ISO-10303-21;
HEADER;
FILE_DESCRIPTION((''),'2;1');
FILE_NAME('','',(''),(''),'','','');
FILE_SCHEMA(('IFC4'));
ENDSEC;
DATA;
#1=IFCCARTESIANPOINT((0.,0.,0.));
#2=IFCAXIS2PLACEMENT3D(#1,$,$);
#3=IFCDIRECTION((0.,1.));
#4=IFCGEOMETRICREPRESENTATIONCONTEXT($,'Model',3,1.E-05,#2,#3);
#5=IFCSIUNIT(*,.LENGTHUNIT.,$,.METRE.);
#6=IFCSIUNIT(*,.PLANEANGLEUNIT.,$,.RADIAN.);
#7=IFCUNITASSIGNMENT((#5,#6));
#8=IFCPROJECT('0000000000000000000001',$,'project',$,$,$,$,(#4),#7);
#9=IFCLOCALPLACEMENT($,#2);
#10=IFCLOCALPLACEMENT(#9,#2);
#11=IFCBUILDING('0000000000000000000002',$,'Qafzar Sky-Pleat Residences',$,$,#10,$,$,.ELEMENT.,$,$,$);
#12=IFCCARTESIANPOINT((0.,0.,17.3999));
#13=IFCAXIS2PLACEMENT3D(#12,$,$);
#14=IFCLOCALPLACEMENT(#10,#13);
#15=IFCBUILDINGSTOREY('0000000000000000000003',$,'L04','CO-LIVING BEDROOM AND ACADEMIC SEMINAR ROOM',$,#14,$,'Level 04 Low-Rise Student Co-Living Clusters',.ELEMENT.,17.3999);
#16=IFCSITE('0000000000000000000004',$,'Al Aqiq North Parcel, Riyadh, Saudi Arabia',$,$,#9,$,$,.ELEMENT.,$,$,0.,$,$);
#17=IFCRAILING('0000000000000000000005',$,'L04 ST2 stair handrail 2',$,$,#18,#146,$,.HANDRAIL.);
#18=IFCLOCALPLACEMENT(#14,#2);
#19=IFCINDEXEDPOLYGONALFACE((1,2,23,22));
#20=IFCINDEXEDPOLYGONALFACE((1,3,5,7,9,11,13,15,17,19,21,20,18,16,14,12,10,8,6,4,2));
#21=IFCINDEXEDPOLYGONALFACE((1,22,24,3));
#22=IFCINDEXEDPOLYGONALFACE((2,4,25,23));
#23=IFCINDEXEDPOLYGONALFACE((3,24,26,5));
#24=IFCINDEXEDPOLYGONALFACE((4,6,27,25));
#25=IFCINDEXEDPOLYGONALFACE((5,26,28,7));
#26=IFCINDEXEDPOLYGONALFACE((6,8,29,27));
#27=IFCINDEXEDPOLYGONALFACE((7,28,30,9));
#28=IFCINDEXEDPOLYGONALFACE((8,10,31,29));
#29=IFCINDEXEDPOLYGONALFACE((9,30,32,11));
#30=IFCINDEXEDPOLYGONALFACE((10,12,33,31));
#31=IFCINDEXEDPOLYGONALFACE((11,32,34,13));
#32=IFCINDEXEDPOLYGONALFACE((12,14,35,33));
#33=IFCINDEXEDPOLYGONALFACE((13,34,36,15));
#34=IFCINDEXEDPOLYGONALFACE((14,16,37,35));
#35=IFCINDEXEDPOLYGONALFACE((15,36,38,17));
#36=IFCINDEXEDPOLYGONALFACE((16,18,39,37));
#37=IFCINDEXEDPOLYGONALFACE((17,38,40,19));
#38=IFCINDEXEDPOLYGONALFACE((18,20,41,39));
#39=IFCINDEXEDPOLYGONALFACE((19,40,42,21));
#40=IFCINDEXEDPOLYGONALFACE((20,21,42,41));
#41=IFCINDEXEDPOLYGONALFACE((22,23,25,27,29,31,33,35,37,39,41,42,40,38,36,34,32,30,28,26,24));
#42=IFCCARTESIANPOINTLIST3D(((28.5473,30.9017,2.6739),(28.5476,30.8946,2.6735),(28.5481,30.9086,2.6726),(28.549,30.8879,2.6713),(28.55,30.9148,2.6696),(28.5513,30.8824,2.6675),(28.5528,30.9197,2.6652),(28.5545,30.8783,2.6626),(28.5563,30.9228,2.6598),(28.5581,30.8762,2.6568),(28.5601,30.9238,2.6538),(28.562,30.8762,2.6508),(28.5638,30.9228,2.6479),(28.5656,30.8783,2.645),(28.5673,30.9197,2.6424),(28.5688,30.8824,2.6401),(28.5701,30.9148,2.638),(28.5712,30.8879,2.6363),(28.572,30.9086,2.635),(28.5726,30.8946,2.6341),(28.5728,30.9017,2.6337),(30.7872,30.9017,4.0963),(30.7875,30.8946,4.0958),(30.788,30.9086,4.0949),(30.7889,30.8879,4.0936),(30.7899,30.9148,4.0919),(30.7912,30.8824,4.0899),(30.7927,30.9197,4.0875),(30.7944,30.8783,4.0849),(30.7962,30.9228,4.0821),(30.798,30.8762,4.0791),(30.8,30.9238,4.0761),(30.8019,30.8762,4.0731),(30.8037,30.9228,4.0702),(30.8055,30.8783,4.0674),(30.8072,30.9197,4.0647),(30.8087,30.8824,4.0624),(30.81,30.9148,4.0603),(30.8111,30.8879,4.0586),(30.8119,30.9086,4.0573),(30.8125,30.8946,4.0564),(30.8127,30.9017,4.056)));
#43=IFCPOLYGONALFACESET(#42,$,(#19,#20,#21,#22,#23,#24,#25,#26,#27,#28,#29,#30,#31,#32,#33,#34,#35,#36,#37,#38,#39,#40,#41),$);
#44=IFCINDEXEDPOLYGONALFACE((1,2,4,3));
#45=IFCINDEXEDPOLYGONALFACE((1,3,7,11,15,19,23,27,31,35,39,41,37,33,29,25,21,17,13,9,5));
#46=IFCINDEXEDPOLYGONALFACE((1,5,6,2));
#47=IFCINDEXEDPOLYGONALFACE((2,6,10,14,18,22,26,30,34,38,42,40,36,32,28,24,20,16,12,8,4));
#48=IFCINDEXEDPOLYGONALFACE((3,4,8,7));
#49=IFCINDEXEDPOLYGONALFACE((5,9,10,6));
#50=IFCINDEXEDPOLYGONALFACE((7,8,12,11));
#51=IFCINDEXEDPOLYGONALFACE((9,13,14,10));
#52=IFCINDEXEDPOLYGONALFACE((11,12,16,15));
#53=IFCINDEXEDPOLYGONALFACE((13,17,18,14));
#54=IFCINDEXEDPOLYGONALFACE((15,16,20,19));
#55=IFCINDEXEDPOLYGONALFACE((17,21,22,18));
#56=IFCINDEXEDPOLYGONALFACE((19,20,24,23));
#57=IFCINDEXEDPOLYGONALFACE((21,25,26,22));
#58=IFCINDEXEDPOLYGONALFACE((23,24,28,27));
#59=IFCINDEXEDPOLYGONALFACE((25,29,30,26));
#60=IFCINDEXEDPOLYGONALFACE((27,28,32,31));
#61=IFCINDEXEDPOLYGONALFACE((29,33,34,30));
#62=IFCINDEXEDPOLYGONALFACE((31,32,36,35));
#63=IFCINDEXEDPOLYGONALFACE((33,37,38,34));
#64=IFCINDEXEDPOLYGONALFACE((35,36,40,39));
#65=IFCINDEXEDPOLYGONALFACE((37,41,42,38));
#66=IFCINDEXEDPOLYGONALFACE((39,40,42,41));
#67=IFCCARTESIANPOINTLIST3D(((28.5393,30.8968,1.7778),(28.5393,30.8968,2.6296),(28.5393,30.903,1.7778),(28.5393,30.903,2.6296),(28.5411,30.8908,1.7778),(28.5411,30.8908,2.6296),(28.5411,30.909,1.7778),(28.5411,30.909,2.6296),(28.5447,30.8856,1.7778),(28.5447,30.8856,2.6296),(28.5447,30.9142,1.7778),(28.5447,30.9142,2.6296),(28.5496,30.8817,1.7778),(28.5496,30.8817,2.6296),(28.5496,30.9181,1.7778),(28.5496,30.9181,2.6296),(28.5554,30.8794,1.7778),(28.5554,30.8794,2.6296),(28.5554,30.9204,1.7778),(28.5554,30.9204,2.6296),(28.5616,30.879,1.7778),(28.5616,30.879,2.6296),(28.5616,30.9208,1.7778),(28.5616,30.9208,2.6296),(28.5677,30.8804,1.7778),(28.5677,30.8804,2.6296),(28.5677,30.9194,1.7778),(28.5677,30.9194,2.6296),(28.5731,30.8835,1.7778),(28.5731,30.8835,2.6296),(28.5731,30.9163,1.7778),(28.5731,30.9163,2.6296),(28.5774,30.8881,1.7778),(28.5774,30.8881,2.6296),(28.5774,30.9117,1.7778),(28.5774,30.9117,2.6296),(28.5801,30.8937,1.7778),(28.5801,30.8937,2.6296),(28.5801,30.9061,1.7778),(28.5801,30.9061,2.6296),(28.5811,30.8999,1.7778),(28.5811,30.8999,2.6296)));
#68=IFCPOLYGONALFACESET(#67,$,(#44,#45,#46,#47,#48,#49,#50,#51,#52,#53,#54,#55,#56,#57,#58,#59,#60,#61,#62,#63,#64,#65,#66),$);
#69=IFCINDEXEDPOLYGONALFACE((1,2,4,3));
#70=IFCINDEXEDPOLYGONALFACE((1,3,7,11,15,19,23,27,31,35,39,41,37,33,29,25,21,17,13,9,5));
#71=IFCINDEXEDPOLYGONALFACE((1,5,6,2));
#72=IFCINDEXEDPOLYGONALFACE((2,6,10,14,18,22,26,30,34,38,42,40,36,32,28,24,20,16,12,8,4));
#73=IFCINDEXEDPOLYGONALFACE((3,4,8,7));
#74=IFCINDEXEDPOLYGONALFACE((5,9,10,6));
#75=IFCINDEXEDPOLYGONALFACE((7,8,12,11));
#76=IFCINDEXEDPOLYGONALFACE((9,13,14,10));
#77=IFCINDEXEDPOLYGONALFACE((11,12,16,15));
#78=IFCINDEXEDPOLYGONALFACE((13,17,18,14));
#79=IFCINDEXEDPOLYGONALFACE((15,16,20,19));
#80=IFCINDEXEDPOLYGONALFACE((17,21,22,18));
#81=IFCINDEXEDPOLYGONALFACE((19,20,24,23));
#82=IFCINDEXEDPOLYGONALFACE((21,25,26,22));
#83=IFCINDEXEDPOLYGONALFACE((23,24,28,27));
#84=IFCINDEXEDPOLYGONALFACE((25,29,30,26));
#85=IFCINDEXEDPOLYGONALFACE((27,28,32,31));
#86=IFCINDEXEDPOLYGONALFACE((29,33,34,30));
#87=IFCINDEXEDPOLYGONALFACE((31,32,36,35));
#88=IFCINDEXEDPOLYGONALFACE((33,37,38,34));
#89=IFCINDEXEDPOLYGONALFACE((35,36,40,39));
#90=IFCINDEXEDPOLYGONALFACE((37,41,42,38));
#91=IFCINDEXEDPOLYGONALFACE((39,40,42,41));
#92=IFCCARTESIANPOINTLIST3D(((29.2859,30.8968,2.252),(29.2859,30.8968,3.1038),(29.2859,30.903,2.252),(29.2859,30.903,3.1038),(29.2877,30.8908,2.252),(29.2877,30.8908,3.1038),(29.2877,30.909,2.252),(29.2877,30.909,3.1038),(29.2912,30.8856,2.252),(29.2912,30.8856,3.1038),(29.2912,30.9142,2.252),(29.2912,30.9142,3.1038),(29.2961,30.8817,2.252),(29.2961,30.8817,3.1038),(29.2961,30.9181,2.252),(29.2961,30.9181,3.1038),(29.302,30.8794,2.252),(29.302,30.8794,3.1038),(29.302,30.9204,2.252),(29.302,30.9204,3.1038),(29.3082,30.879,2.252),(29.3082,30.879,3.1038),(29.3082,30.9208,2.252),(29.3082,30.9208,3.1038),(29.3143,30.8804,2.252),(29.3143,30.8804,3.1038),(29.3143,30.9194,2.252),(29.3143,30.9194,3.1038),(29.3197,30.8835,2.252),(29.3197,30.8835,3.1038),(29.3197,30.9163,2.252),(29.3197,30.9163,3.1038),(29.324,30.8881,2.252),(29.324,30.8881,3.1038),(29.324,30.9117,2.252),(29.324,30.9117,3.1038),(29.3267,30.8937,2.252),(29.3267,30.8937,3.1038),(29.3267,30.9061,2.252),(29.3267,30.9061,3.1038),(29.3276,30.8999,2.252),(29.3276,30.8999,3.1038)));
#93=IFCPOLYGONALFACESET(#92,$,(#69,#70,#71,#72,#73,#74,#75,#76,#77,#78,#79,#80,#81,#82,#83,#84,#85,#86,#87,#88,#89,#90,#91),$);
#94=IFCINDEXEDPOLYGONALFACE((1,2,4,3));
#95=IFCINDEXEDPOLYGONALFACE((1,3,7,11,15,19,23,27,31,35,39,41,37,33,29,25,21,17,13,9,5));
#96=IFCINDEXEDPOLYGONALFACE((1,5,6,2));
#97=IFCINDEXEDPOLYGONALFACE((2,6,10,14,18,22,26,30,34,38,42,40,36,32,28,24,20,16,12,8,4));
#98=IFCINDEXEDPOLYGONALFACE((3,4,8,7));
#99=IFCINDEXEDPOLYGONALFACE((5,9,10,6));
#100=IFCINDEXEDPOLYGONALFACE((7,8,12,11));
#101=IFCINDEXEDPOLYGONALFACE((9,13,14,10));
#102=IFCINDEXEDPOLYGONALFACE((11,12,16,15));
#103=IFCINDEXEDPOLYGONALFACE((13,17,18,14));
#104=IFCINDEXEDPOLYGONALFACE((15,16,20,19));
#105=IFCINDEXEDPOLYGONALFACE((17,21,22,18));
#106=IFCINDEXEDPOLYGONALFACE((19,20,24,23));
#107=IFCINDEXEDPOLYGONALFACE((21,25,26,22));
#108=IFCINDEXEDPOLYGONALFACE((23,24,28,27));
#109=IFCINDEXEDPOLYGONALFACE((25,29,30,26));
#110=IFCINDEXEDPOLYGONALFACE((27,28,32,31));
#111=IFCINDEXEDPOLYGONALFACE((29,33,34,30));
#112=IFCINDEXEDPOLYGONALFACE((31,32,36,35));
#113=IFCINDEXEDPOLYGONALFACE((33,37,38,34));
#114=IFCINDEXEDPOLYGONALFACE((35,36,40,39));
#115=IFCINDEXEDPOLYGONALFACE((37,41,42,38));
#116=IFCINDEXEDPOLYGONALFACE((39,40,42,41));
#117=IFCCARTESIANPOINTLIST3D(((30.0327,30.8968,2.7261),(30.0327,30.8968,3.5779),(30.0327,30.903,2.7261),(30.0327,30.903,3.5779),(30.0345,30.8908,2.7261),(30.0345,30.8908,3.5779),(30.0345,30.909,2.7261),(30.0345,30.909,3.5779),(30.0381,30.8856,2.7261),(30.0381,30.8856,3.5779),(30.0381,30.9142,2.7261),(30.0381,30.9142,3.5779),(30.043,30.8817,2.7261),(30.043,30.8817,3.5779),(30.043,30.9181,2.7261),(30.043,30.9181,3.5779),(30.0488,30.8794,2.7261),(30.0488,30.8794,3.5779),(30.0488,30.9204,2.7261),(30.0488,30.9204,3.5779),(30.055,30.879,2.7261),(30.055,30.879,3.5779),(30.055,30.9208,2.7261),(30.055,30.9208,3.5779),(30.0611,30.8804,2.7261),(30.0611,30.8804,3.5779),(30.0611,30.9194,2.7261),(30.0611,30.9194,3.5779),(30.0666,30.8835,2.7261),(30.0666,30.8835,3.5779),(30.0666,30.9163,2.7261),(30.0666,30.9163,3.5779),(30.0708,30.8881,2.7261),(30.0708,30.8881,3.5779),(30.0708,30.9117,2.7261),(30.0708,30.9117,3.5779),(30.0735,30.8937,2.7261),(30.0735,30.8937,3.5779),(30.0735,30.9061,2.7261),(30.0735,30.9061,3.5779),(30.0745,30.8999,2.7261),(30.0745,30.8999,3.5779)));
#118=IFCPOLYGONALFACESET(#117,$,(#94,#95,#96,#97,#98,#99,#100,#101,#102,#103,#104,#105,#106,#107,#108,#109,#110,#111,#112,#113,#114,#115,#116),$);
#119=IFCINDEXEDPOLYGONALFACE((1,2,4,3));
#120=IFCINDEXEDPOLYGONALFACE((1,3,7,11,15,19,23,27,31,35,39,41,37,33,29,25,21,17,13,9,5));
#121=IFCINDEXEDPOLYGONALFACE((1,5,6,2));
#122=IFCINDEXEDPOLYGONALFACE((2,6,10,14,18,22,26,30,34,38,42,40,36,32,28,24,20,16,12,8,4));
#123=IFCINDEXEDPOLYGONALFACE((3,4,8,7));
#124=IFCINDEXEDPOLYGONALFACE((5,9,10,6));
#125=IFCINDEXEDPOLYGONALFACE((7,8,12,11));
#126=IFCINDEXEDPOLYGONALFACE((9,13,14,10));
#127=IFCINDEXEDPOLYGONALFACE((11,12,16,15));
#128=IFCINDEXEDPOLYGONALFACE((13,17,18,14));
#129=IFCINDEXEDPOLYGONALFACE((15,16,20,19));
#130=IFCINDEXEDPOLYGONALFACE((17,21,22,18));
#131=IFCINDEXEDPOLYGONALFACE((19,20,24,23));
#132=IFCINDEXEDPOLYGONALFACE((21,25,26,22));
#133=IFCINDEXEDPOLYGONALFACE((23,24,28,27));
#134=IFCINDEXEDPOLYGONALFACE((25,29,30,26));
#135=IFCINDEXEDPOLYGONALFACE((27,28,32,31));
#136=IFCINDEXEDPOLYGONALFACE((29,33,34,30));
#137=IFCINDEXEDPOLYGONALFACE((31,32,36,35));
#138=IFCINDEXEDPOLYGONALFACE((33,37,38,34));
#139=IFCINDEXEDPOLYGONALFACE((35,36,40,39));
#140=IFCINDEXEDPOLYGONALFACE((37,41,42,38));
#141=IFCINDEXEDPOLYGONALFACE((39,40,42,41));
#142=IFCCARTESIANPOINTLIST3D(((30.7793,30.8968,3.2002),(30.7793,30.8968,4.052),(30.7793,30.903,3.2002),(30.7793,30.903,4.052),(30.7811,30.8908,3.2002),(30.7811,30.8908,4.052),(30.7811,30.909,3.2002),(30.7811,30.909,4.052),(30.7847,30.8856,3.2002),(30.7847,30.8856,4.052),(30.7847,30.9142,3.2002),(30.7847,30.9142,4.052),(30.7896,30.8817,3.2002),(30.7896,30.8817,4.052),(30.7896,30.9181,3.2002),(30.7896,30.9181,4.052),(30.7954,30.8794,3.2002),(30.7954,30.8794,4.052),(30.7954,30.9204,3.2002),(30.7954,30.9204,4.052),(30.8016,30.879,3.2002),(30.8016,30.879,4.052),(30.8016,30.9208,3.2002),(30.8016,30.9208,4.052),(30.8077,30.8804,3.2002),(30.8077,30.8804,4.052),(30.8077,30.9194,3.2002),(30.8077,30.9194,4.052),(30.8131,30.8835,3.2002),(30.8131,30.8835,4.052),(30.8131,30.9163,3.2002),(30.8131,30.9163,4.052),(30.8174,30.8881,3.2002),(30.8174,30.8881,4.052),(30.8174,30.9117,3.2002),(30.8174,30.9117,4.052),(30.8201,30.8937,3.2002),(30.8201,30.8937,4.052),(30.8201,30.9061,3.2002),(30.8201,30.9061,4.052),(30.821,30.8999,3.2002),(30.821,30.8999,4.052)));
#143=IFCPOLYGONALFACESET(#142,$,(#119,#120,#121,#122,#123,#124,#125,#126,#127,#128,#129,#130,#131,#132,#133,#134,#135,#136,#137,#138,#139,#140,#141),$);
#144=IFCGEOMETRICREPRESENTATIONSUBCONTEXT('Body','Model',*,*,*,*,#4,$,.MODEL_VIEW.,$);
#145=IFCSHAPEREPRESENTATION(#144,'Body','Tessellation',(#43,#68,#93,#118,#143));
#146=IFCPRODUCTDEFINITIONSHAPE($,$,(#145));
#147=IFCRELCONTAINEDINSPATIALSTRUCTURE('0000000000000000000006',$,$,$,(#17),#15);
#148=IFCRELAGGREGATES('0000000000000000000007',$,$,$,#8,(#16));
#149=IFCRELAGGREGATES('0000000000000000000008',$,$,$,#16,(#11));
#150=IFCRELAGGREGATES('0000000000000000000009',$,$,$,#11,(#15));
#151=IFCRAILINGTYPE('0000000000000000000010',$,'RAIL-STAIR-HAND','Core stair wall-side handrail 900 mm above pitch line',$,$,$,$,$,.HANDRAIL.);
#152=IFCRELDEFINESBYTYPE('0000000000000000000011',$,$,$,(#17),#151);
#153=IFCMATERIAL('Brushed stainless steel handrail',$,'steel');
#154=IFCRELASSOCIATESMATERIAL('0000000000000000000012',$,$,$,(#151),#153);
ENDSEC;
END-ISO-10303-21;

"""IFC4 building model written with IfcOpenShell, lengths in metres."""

from ifc_helpers import new_model, si_unit, direction, frame, origin, origin_2d, place, context, subcontext, project, spatial, circle, extrude, source, transform, mapped, material, type_object, element, save


model = new_model("IFC4")

# Units and contexts
model_context = context("Model", 3, precision=1e-05, world=origin(), true_north=direction((0.0, 1.0)))
body_context = subcontext(model_context, "Body", "Model", "MODEL_VIEW")
ifc_project = project(units=[si_unit("LENGTHUNIT", "METRE"), si_unit("PLANEANGLEUNIT", "RADIAN")], contexts=[model_context])

# Site, building, storey
site_placement = place(None, origin())
site = spatial("IfcSite", under=ifc_project, at=site_placement, Name="Al Aqiq North Parcel, Riyadh, Saudi Arabia", CompositionType="ELEMENT", RefElevation=0.0)
building_placement = place(site_placement, origin())
building = spatial("IfcBuilding", under=site, at=building_placement, Name="Qafzar Sky-Pleat Residences", CompositionType="ELEMENT")
storey_placement = place(building_placement, frame((0.0, 0.0, 17.3999)))
storey = spatial("IfcBuildingStorey", under=building, at=storey_placement, Name="L04", Description="CO-LIVING BEDROOM AND ACADEMIC SEMINAR ROOM", LongName="Level 04 Low-Rise Student Co-Living Clusters", CompositionType="ELEMENT", Elevation=17.3999)

# Railing
ifc_material_1 = material(Name="Brushed stainless steel handrail", Category="steel")
railing_type = type_object("IfcRailingType", Name="RAIL-STAIR-HAND", Description="Core stair wall-side handrail 900 mm above pitch line", PredefinedType="HANDRAIL", material=ifc_material_1)
shared_shape_1 = source(origin(), body_context, "Body", "SweptSolid", [
    extrude(circle(Radius=0.0239, at=origin_2d()), frame((0.0, 0.0, 0.876), z_axis=(0.844188, 0.0, 0.536048), x_axis=(0.0, 1.0, 0.0)), (0.0, 0.0, 1.0), 2.6533),
    extrude(circle(Radius=0.021, at=origin_2d()), origin(), (0.0, 0.0, 1.0), 0.8518),
    extrude(circle(Radius=0.021, at=origin_2d()), frame((0.7466, 0.0, 0.4741)), (0.0, 0.0, 1.0), 0.8518),
    extrude(circle(Radius=0.021, at=origin_2d()), frame((1.4934, 0.0, 0.9482)), (0.0, 0.0, 1.0), 0.8518),
    extrude(circle(Radius=0.021, at=origin_2d()), frame((2.24, 0.0, 1.4224)), (0.0, 0.0, 1.0), 0.8518),
])
railing_placement = place(storey_placement, frame((28.5601, 30.8999, 1.7778)))
element("IfcRailing", 1, at=railing_placement, inside=storey, type_object=railing_type, Name="L04 ST2 stair handrail 2", PredefinedType="HANDRAIL", context=body_context, shape_type="MappedRepresentation", body=[
    mapped(shared_shape_1, transform((0.0, 0.0, 0.0), x_axis=(1.0, 0.0, 0.0), y_axis=(0.0, 1.0, 0.0), z_axis=(0.0, 0.0, 1.0), scale=1.0)),
])

save(model, "model.ifc")
